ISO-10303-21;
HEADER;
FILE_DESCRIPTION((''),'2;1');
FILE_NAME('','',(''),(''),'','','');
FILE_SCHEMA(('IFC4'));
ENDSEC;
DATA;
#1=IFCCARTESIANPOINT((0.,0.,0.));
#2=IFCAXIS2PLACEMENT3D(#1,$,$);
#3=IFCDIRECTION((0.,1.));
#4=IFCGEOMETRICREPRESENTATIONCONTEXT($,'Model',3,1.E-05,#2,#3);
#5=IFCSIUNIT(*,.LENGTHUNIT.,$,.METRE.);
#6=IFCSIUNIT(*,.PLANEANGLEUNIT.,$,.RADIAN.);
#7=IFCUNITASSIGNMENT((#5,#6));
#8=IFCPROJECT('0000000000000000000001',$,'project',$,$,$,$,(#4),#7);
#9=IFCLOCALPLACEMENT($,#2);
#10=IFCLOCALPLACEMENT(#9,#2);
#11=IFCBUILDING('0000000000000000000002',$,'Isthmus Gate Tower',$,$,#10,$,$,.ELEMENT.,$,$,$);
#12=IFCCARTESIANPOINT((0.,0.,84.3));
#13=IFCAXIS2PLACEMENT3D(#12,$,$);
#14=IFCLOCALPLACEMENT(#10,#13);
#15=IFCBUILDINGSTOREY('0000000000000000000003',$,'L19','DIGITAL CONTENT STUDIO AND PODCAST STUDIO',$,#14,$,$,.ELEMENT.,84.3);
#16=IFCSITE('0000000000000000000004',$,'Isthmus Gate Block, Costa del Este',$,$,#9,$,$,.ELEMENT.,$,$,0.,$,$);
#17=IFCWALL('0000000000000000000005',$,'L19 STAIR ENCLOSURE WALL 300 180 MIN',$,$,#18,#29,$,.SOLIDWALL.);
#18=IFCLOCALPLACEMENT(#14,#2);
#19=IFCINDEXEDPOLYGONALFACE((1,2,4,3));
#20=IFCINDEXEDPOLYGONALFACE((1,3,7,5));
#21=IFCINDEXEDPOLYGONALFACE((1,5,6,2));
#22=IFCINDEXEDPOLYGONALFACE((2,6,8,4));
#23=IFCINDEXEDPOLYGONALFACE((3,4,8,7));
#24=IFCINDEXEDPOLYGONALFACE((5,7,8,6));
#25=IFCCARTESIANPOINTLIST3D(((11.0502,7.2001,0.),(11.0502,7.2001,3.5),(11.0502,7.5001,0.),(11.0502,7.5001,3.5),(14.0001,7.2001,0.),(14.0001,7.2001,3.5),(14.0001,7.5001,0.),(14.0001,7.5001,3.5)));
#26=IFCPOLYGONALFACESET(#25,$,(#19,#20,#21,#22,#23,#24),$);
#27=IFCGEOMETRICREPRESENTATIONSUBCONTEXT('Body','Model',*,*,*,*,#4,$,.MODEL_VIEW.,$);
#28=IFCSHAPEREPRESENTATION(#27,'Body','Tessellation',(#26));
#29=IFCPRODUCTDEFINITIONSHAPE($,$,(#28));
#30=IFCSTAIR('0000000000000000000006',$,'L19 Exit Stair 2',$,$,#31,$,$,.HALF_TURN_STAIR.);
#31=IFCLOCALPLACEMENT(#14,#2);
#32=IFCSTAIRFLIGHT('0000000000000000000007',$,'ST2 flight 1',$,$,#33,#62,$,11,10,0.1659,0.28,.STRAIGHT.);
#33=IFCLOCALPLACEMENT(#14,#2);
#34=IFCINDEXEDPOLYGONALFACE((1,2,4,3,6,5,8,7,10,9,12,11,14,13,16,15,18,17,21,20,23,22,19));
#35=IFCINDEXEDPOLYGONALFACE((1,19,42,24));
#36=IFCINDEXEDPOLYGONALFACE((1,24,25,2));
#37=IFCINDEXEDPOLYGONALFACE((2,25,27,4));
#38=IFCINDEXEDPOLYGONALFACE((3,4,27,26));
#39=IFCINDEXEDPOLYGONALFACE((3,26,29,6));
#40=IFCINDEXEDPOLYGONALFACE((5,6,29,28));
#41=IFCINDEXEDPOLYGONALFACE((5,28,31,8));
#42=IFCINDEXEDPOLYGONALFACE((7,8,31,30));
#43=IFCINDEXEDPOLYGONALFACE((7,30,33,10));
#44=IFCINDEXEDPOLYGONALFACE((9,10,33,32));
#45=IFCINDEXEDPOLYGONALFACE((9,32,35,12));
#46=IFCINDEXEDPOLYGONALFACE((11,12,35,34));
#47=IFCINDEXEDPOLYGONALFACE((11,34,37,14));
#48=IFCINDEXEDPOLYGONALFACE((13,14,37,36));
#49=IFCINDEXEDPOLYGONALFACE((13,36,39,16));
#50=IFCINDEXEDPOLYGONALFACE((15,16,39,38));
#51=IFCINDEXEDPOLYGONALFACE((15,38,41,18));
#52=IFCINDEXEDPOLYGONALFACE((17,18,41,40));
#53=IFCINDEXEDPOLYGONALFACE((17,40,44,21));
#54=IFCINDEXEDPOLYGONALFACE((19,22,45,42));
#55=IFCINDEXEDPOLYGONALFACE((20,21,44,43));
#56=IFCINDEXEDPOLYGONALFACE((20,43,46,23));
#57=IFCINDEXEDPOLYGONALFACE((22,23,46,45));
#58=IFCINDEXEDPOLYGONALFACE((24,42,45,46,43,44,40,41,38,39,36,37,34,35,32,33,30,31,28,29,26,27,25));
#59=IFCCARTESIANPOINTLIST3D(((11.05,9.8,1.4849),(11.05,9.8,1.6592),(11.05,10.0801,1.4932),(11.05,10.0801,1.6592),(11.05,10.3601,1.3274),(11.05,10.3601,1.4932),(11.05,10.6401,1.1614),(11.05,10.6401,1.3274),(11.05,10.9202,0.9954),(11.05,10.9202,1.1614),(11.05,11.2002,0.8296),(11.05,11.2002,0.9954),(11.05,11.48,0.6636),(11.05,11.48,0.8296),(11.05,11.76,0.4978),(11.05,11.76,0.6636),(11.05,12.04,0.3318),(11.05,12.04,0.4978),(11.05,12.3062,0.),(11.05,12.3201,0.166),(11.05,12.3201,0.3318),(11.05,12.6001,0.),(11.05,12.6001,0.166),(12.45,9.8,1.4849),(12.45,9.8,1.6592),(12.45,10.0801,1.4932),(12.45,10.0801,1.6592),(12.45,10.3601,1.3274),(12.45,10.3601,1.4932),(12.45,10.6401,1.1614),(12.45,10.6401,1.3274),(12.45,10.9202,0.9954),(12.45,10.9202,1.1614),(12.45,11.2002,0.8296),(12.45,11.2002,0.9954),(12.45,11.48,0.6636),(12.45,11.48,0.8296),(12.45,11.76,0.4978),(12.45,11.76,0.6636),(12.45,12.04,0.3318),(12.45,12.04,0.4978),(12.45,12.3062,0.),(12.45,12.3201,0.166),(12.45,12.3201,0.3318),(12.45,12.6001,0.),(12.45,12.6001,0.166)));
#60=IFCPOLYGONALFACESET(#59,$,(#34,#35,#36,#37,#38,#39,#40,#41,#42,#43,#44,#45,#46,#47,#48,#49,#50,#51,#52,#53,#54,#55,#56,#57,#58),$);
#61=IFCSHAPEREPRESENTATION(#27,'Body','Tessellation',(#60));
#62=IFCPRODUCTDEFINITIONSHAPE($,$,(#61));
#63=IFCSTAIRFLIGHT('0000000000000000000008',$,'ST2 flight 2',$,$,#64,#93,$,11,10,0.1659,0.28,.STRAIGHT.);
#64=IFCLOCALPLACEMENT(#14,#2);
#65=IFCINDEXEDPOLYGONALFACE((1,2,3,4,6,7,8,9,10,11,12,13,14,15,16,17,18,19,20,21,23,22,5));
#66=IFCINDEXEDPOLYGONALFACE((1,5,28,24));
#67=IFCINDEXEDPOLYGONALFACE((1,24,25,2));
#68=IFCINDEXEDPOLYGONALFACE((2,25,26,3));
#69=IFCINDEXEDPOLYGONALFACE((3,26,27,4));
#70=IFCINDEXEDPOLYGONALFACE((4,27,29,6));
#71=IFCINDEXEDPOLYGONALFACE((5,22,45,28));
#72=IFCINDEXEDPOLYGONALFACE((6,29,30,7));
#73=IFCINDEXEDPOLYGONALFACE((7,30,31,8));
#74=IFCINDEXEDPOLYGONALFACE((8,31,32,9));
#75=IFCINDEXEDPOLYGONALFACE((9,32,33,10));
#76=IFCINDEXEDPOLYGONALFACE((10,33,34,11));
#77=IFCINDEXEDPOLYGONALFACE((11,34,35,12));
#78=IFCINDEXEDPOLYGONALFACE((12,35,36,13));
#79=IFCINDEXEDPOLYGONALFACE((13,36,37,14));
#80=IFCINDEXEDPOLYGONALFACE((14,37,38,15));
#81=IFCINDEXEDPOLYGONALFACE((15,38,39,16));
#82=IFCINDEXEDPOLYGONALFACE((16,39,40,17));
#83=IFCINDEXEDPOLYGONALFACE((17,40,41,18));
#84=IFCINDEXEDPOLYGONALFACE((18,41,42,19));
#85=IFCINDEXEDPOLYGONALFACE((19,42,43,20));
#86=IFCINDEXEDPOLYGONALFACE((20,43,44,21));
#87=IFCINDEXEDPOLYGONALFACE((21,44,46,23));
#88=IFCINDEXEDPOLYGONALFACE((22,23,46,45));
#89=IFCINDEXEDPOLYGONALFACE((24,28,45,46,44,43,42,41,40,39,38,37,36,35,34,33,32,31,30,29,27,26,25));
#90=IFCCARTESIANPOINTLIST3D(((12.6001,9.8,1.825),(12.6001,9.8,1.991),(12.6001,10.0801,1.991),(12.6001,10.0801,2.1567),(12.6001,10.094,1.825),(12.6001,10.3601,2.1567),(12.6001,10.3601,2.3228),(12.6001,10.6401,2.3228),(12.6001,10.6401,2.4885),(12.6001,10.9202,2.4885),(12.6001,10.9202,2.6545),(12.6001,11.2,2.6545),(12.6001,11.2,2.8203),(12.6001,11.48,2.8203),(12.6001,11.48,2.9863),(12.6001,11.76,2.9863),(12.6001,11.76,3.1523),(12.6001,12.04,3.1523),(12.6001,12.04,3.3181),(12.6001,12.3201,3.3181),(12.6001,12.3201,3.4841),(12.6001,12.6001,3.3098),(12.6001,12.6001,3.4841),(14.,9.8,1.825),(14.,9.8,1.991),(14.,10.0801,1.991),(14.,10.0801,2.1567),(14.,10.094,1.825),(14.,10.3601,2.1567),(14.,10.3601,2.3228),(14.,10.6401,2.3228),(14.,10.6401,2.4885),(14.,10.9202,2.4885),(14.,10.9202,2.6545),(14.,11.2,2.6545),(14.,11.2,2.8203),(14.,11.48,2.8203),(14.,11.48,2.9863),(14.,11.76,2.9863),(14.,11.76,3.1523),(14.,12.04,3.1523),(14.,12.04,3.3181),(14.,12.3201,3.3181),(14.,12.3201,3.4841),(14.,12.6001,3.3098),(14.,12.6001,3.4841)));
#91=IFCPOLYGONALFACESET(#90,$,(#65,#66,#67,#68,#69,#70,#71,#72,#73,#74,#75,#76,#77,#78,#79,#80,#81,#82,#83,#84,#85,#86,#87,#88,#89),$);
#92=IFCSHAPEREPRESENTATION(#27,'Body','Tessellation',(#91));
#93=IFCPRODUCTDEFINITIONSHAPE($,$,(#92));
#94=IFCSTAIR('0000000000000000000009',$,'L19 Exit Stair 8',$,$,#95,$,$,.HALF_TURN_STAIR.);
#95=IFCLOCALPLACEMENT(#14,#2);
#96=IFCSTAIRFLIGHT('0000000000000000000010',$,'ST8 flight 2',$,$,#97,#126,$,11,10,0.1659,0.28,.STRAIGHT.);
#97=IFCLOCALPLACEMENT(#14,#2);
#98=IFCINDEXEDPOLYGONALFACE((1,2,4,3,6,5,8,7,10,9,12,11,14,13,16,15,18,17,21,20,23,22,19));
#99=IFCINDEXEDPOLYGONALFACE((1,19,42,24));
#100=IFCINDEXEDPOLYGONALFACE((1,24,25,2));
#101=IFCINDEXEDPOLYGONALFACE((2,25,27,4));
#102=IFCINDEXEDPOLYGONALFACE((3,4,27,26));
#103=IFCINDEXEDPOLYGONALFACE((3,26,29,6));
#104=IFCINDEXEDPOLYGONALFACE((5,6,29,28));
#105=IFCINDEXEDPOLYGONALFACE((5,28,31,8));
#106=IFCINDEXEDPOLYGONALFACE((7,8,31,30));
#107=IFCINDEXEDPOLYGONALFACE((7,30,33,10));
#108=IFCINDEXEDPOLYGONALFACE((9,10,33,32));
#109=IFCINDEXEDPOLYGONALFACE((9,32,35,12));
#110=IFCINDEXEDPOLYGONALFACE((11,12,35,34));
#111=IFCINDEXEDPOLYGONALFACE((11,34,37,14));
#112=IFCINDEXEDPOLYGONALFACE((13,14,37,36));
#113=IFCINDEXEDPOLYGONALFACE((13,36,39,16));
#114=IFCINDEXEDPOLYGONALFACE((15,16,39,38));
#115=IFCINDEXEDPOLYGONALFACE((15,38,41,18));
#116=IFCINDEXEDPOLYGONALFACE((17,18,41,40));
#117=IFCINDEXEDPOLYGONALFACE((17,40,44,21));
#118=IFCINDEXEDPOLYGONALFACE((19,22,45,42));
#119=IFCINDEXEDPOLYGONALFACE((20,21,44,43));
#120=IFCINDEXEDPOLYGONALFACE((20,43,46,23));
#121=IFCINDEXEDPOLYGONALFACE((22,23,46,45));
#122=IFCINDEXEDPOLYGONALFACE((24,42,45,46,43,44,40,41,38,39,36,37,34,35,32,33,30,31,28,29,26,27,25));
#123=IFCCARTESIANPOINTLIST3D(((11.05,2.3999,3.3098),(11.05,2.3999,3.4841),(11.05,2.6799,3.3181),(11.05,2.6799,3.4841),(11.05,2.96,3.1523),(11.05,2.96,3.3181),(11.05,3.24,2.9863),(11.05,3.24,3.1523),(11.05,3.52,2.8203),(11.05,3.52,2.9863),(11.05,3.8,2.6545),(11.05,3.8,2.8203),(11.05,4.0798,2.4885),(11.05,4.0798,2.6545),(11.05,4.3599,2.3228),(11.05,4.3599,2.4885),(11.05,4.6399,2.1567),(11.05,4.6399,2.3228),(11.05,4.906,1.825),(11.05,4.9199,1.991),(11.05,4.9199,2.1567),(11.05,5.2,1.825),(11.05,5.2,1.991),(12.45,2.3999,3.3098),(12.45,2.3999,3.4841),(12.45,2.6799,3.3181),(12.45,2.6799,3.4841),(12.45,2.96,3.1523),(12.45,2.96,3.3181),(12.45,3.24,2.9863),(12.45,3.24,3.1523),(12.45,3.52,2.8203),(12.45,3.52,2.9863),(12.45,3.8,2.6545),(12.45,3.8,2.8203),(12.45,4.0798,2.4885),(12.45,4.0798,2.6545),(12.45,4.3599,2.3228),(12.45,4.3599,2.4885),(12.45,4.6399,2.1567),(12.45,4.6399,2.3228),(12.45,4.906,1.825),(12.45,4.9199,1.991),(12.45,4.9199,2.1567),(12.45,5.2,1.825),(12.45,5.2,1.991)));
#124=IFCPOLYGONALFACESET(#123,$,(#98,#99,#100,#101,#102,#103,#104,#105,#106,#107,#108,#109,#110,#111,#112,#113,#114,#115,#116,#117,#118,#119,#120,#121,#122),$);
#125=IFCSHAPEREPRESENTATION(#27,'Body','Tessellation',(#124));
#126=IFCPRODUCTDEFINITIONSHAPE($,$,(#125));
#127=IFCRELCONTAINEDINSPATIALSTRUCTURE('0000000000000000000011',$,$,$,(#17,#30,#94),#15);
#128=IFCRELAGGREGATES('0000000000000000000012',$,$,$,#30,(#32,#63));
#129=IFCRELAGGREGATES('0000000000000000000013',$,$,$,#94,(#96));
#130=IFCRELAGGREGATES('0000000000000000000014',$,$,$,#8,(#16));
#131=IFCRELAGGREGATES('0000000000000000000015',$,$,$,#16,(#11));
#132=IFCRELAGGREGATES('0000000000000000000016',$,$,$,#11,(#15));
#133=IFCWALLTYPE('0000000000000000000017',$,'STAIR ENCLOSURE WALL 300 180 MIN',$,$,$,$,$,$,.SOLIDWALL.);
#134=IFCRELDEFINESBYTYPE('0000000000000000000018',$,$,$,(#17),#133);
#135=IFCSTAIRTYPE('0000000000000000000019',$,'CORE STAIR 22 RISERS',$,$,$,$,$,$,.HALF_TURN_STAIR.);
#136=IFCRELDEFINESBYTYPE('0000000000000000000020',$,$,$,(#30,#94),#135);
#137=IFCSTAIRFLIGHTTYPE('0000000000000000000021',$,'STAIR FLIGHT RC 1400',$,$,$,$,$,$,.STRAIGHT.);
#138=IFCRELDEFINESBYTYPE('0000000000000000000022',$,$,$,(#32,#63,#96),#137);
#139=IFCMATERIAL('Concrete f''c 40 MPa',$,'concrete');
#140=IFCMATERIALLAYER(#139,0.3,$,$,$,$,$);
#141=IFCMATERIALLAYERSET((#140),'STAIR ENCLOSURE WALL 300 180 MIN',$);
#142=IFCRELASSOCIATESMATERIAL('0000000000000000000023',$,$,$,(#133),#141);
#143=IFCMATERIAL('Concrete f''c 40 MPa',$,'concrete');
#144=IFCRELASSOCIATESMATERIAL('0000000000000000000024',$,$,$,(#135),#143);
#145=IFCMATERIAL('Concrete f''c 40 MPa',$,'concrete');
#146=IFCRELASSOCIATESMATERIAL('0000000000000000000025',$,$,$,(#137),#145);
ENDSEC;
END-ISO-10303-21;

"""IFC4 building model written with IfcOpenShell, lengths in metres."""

from ifc_helpers import new_model, si_unit, direction, frame, frame_2d, origin, place, context, subcontext, project, spatial, polyline, rectangle, outline, extrude, material, layer, layer_set, type_object, element, aggregate, save


model = new_model("IFC4")

# Units and contexts
model_context = context("Model", 3, precision=1e-05, world=origin(), true_north=direction((0.0, 1.0)))
body_context = subcontext(model_context, "Body", "Model", "MODEL_VIEW")
ifc_project = project(units=[si_unit("LENGTHUNIT", "METRE"), si_unit("PLANEANGLEUNIT", "RADIAN")], contexts=[model_context])

# Site, building, storey
site_placement = place(None, origin())
site = spatial("IfcSite", under=ifc_project, at=site_placement, Name="Isthmus Gate Block, Costa del Este", CompositionType="ELEMENT", RefElevation=0.0)
building_placement = place(site_placement, origin())
building = spatial("IfcBuilding", under=site, at=building_placement, Name="Isthmus Gate Tower", CompositionType="ELEMENT")
storey_placement = place(building_placement, frame((0.0, 0.0, 84.3)))
storey = spatial("IfcBuildingStorey", under=building, at=storey_placement, Name="L19", Description="DIGITAL CONTENT STUDIO AND PODCAST STUDIO", CompositionType="ELEMENT", Elevation=84.3)

# Wall
ifc_material_1 = material(Name="Concrete f'c 40 MPa", Category="concrete")
ifc_layer_1 = layer(ifc_material_1, 0.3)
ifc_layer_set_1 = layer_set([ifc_layer_1], Name="STAIR ENCLOSURE WALL 300 180 MIN")
wall_type_1 = type_object("IfcWallType", Name="STAIR ENCLOSURE WALL 300 180 MIN", PredefinedType="SOLIDWALL", material=ifc_layer_set_1)
wall_1_placement = place(storey_placement, frame((11.05, 7.3501, 0.0), z_axis=(0.0, 0.0, 1.0), x_axis=(1.0, 0.0, 0.0)))
element("IfcWall", 1, at=wall_1_placement, inside=storey, type_object=wall_type_1, Name="L19 STAIR ENCLOSURE WALL 300 180 MIN", PredefinedType="SOLIDWALL", context=body_context, shape_type="SweptSolid", body=[
    extrude(rectangle(XDim=2.95, YDim=0.3, at=frame_2d((1.4751, 0.0))), origin(), (0.0, 0.0, 1.0), 3.5),
])

# Stair, stair flights
ifc_material_2 = material(Name="Concrete f'c 40 MPa", Category="concrete")
stair_type = type_object("IfcStairType", Name="CORE STAIR 22 RISERS", PredefinedType="HALF_TURN_STAIR", material=ifc_material_2)
stair_1_placement = place(storey_placement, origin())
stair_1 = element("IfcStair", 2, at=stair_1_placement, inside=storey, type_object=stair_type, Name="L19 Exit Stair 2", PredefinedType="HALF_TURN_STAIR")
ifc_material_3 = material(Name="Concrete f'c 40 MPa", Category="concrete")
stair_flight_type = type_object("IfcStairFlightType", Name="STAIR FLIGHT RC 1400", PredefinedType="STRAIGHT", material=ifc_material_3)
stair_flight_1_placement = place(storey_placement, frame((11.75, 12.6001, 0.0), z_axis=(0.0, 0.0, 1.0), x_axis=(0.0, -1.0, 0.0)))
stair_flight_1 = element("IfcStairFlight", 3, at=stair_flight_1_placement, type_object=stair_flight_type, Name="ST2 flight 1", NumberOfRisers=11, NumberOfTreads=10, PredefinedType="STRAIGHT", RiserHeight=0.1659, TreadLength=0.28, context=body_context, shape_type="SweptSolid", body=[
    extrude(outline(polyline([(0.0, 0.0), (0.0, 0.166), (0.28, 0.166), (0.28, 0.3318), (0.5601, 0.3318), (0.5601, 0.4978), (0.8401, 0.4978), (0.8401, 0.6636), (1.1201, 0.6636), (1.1201, 0.8296), (1.3999, 0.8296), (1.3999, 0.9954), (1.6799, 0.9954), (1.6799, 1.1614), (1.96, 1.1614), (1.96, 1.3274), (2.24, 1.3274), (2.24, 1.4932), (2.52, 1.4932), (2.52, 1.6592), (2.8, 1.6592), (2.8, 1.825), (2.8, 1.4849), (0.2939, 0.0), (0.0, 0.0)])), frame((0.0, 0.7, 0.0), z_axis=(0.0, -1.0, 0.0), x_axis=(1.0, 0.0, 0.0)), (0.0, 0.0, 1.0), 1.3999),
])
stair_flight_2_placement = place(storey_placement, frame((13.3, 9.8, 1.825), z_axis=(0.0, 0.0, 1.0), x_axis=(0.0, 1.0, 0.0)))
stair_flight_2 = element("IfcStairFlight", 4, at=stair_flight_2_placement, type_object=stair_flight_type, Name="ST2 flight 2", NumberOfRisers=11, NumberOfTreads=10, PredefinedType="STRAIGHT", RiserHeight=0.1659, TreadLength=0.28, context=body_context, shape_type="SweptSolid", body=[
    extrude(outline(polyline([(0.0, 0.0), (0.0, 0.166), (0.28, 0.166), (0.28, 0.3318), (0.5601, 0.3318), (0.5601, 0.4978), (0.8401, 0.4978), (0.8401, 0.6636), (1.1201, 0.6636), (1.1201, 0.8296), (1.3999, 0.8296), (1.3999, 0.9954), (1.6799, 0.9954), (1.6799, 1.1614), (1.96, 1.1614), (1.96, 1.3274), (2.24, 1.3274), (2.24, 1.4932), (2.52, 1.4932), (2.52, 1.6592), (2.8, 1.6592), (2.8, 1.825), (2.8, 1.4849), (0.2939, 0.0), (0.0, 0.0)])), frame((0.0, 0.7, 0.0), z_axis=(0.0, -1.0, 0.0), x_axis=(1.0, 0.0, 0.0)), (0.0, 0.0, 1.0), 1.3999),
])
aggregate(stair_1, [stair_flight_1, stair_flight_2])

# Stair, stair flight
stair_2_placement = place(storey_placement, origin())
stair_2 = element("IfcStair", 5, at=stair_2_placement, inside=storey, type_object=stair_type, Name="L19 Exit Stair 8", PredefinedType="HALF_TURN_STAIR")
stair_flight_3_placement = place(storey_placement, frame((11.75, 5.2, 1.825), z_axis=(0.0, 0.0, 1.0), x_axis=(0.0, -1.0, 0.0)))
stair_flight_3 = element("IfcStairFlight", 6, at=stair_flight_3_placement, type_object=stair_flight_type, Name="ST8 flight 2", NumberOfRisers=11, NumberOfTreads=10, PredefinedType="STRAIGHT", RiserHeight=0.1659, TreadLength=0.28, context=body_context, shape_type="SweptSolid", body=[
    extrude(outline(polyline([(0.0, 0.0), (0.0, 0.166), (0.28, 0.166), (0.28, 0.3318), (0.5601, 0.3318), (0.5601, 0.4978), (0.8401, 0.4978), (0.8401, 0.6636), (1.1201, 0.6636), (1.1201, 0.8296), (1.3999, 0.8296), (1.3999, 0.9954), (1.6799, 0.9954), (1.6799, 1.1614), (1.96, 1.1614), (1.96, 1.3274), (2.24, 1.3274), (2.24, 1.4932), (2.52, 1.4932), (2.52, 1.6592), (2.8, 1.6592), (2.8, 1.825), (2.8, 1.4849), (0.2939, 0.0), (0.0, 0.0)])), frame((0.0, 0.7, 0.0), z_axis=(0.0, -1.0, 0.0), x_axis=(1.0, 0.0, 0.0)), (0.0, 0.0, 1.0), 1.3999),
])
aggregate(stair_2, [stair_flight_3])

save(model, "model.ifc")
